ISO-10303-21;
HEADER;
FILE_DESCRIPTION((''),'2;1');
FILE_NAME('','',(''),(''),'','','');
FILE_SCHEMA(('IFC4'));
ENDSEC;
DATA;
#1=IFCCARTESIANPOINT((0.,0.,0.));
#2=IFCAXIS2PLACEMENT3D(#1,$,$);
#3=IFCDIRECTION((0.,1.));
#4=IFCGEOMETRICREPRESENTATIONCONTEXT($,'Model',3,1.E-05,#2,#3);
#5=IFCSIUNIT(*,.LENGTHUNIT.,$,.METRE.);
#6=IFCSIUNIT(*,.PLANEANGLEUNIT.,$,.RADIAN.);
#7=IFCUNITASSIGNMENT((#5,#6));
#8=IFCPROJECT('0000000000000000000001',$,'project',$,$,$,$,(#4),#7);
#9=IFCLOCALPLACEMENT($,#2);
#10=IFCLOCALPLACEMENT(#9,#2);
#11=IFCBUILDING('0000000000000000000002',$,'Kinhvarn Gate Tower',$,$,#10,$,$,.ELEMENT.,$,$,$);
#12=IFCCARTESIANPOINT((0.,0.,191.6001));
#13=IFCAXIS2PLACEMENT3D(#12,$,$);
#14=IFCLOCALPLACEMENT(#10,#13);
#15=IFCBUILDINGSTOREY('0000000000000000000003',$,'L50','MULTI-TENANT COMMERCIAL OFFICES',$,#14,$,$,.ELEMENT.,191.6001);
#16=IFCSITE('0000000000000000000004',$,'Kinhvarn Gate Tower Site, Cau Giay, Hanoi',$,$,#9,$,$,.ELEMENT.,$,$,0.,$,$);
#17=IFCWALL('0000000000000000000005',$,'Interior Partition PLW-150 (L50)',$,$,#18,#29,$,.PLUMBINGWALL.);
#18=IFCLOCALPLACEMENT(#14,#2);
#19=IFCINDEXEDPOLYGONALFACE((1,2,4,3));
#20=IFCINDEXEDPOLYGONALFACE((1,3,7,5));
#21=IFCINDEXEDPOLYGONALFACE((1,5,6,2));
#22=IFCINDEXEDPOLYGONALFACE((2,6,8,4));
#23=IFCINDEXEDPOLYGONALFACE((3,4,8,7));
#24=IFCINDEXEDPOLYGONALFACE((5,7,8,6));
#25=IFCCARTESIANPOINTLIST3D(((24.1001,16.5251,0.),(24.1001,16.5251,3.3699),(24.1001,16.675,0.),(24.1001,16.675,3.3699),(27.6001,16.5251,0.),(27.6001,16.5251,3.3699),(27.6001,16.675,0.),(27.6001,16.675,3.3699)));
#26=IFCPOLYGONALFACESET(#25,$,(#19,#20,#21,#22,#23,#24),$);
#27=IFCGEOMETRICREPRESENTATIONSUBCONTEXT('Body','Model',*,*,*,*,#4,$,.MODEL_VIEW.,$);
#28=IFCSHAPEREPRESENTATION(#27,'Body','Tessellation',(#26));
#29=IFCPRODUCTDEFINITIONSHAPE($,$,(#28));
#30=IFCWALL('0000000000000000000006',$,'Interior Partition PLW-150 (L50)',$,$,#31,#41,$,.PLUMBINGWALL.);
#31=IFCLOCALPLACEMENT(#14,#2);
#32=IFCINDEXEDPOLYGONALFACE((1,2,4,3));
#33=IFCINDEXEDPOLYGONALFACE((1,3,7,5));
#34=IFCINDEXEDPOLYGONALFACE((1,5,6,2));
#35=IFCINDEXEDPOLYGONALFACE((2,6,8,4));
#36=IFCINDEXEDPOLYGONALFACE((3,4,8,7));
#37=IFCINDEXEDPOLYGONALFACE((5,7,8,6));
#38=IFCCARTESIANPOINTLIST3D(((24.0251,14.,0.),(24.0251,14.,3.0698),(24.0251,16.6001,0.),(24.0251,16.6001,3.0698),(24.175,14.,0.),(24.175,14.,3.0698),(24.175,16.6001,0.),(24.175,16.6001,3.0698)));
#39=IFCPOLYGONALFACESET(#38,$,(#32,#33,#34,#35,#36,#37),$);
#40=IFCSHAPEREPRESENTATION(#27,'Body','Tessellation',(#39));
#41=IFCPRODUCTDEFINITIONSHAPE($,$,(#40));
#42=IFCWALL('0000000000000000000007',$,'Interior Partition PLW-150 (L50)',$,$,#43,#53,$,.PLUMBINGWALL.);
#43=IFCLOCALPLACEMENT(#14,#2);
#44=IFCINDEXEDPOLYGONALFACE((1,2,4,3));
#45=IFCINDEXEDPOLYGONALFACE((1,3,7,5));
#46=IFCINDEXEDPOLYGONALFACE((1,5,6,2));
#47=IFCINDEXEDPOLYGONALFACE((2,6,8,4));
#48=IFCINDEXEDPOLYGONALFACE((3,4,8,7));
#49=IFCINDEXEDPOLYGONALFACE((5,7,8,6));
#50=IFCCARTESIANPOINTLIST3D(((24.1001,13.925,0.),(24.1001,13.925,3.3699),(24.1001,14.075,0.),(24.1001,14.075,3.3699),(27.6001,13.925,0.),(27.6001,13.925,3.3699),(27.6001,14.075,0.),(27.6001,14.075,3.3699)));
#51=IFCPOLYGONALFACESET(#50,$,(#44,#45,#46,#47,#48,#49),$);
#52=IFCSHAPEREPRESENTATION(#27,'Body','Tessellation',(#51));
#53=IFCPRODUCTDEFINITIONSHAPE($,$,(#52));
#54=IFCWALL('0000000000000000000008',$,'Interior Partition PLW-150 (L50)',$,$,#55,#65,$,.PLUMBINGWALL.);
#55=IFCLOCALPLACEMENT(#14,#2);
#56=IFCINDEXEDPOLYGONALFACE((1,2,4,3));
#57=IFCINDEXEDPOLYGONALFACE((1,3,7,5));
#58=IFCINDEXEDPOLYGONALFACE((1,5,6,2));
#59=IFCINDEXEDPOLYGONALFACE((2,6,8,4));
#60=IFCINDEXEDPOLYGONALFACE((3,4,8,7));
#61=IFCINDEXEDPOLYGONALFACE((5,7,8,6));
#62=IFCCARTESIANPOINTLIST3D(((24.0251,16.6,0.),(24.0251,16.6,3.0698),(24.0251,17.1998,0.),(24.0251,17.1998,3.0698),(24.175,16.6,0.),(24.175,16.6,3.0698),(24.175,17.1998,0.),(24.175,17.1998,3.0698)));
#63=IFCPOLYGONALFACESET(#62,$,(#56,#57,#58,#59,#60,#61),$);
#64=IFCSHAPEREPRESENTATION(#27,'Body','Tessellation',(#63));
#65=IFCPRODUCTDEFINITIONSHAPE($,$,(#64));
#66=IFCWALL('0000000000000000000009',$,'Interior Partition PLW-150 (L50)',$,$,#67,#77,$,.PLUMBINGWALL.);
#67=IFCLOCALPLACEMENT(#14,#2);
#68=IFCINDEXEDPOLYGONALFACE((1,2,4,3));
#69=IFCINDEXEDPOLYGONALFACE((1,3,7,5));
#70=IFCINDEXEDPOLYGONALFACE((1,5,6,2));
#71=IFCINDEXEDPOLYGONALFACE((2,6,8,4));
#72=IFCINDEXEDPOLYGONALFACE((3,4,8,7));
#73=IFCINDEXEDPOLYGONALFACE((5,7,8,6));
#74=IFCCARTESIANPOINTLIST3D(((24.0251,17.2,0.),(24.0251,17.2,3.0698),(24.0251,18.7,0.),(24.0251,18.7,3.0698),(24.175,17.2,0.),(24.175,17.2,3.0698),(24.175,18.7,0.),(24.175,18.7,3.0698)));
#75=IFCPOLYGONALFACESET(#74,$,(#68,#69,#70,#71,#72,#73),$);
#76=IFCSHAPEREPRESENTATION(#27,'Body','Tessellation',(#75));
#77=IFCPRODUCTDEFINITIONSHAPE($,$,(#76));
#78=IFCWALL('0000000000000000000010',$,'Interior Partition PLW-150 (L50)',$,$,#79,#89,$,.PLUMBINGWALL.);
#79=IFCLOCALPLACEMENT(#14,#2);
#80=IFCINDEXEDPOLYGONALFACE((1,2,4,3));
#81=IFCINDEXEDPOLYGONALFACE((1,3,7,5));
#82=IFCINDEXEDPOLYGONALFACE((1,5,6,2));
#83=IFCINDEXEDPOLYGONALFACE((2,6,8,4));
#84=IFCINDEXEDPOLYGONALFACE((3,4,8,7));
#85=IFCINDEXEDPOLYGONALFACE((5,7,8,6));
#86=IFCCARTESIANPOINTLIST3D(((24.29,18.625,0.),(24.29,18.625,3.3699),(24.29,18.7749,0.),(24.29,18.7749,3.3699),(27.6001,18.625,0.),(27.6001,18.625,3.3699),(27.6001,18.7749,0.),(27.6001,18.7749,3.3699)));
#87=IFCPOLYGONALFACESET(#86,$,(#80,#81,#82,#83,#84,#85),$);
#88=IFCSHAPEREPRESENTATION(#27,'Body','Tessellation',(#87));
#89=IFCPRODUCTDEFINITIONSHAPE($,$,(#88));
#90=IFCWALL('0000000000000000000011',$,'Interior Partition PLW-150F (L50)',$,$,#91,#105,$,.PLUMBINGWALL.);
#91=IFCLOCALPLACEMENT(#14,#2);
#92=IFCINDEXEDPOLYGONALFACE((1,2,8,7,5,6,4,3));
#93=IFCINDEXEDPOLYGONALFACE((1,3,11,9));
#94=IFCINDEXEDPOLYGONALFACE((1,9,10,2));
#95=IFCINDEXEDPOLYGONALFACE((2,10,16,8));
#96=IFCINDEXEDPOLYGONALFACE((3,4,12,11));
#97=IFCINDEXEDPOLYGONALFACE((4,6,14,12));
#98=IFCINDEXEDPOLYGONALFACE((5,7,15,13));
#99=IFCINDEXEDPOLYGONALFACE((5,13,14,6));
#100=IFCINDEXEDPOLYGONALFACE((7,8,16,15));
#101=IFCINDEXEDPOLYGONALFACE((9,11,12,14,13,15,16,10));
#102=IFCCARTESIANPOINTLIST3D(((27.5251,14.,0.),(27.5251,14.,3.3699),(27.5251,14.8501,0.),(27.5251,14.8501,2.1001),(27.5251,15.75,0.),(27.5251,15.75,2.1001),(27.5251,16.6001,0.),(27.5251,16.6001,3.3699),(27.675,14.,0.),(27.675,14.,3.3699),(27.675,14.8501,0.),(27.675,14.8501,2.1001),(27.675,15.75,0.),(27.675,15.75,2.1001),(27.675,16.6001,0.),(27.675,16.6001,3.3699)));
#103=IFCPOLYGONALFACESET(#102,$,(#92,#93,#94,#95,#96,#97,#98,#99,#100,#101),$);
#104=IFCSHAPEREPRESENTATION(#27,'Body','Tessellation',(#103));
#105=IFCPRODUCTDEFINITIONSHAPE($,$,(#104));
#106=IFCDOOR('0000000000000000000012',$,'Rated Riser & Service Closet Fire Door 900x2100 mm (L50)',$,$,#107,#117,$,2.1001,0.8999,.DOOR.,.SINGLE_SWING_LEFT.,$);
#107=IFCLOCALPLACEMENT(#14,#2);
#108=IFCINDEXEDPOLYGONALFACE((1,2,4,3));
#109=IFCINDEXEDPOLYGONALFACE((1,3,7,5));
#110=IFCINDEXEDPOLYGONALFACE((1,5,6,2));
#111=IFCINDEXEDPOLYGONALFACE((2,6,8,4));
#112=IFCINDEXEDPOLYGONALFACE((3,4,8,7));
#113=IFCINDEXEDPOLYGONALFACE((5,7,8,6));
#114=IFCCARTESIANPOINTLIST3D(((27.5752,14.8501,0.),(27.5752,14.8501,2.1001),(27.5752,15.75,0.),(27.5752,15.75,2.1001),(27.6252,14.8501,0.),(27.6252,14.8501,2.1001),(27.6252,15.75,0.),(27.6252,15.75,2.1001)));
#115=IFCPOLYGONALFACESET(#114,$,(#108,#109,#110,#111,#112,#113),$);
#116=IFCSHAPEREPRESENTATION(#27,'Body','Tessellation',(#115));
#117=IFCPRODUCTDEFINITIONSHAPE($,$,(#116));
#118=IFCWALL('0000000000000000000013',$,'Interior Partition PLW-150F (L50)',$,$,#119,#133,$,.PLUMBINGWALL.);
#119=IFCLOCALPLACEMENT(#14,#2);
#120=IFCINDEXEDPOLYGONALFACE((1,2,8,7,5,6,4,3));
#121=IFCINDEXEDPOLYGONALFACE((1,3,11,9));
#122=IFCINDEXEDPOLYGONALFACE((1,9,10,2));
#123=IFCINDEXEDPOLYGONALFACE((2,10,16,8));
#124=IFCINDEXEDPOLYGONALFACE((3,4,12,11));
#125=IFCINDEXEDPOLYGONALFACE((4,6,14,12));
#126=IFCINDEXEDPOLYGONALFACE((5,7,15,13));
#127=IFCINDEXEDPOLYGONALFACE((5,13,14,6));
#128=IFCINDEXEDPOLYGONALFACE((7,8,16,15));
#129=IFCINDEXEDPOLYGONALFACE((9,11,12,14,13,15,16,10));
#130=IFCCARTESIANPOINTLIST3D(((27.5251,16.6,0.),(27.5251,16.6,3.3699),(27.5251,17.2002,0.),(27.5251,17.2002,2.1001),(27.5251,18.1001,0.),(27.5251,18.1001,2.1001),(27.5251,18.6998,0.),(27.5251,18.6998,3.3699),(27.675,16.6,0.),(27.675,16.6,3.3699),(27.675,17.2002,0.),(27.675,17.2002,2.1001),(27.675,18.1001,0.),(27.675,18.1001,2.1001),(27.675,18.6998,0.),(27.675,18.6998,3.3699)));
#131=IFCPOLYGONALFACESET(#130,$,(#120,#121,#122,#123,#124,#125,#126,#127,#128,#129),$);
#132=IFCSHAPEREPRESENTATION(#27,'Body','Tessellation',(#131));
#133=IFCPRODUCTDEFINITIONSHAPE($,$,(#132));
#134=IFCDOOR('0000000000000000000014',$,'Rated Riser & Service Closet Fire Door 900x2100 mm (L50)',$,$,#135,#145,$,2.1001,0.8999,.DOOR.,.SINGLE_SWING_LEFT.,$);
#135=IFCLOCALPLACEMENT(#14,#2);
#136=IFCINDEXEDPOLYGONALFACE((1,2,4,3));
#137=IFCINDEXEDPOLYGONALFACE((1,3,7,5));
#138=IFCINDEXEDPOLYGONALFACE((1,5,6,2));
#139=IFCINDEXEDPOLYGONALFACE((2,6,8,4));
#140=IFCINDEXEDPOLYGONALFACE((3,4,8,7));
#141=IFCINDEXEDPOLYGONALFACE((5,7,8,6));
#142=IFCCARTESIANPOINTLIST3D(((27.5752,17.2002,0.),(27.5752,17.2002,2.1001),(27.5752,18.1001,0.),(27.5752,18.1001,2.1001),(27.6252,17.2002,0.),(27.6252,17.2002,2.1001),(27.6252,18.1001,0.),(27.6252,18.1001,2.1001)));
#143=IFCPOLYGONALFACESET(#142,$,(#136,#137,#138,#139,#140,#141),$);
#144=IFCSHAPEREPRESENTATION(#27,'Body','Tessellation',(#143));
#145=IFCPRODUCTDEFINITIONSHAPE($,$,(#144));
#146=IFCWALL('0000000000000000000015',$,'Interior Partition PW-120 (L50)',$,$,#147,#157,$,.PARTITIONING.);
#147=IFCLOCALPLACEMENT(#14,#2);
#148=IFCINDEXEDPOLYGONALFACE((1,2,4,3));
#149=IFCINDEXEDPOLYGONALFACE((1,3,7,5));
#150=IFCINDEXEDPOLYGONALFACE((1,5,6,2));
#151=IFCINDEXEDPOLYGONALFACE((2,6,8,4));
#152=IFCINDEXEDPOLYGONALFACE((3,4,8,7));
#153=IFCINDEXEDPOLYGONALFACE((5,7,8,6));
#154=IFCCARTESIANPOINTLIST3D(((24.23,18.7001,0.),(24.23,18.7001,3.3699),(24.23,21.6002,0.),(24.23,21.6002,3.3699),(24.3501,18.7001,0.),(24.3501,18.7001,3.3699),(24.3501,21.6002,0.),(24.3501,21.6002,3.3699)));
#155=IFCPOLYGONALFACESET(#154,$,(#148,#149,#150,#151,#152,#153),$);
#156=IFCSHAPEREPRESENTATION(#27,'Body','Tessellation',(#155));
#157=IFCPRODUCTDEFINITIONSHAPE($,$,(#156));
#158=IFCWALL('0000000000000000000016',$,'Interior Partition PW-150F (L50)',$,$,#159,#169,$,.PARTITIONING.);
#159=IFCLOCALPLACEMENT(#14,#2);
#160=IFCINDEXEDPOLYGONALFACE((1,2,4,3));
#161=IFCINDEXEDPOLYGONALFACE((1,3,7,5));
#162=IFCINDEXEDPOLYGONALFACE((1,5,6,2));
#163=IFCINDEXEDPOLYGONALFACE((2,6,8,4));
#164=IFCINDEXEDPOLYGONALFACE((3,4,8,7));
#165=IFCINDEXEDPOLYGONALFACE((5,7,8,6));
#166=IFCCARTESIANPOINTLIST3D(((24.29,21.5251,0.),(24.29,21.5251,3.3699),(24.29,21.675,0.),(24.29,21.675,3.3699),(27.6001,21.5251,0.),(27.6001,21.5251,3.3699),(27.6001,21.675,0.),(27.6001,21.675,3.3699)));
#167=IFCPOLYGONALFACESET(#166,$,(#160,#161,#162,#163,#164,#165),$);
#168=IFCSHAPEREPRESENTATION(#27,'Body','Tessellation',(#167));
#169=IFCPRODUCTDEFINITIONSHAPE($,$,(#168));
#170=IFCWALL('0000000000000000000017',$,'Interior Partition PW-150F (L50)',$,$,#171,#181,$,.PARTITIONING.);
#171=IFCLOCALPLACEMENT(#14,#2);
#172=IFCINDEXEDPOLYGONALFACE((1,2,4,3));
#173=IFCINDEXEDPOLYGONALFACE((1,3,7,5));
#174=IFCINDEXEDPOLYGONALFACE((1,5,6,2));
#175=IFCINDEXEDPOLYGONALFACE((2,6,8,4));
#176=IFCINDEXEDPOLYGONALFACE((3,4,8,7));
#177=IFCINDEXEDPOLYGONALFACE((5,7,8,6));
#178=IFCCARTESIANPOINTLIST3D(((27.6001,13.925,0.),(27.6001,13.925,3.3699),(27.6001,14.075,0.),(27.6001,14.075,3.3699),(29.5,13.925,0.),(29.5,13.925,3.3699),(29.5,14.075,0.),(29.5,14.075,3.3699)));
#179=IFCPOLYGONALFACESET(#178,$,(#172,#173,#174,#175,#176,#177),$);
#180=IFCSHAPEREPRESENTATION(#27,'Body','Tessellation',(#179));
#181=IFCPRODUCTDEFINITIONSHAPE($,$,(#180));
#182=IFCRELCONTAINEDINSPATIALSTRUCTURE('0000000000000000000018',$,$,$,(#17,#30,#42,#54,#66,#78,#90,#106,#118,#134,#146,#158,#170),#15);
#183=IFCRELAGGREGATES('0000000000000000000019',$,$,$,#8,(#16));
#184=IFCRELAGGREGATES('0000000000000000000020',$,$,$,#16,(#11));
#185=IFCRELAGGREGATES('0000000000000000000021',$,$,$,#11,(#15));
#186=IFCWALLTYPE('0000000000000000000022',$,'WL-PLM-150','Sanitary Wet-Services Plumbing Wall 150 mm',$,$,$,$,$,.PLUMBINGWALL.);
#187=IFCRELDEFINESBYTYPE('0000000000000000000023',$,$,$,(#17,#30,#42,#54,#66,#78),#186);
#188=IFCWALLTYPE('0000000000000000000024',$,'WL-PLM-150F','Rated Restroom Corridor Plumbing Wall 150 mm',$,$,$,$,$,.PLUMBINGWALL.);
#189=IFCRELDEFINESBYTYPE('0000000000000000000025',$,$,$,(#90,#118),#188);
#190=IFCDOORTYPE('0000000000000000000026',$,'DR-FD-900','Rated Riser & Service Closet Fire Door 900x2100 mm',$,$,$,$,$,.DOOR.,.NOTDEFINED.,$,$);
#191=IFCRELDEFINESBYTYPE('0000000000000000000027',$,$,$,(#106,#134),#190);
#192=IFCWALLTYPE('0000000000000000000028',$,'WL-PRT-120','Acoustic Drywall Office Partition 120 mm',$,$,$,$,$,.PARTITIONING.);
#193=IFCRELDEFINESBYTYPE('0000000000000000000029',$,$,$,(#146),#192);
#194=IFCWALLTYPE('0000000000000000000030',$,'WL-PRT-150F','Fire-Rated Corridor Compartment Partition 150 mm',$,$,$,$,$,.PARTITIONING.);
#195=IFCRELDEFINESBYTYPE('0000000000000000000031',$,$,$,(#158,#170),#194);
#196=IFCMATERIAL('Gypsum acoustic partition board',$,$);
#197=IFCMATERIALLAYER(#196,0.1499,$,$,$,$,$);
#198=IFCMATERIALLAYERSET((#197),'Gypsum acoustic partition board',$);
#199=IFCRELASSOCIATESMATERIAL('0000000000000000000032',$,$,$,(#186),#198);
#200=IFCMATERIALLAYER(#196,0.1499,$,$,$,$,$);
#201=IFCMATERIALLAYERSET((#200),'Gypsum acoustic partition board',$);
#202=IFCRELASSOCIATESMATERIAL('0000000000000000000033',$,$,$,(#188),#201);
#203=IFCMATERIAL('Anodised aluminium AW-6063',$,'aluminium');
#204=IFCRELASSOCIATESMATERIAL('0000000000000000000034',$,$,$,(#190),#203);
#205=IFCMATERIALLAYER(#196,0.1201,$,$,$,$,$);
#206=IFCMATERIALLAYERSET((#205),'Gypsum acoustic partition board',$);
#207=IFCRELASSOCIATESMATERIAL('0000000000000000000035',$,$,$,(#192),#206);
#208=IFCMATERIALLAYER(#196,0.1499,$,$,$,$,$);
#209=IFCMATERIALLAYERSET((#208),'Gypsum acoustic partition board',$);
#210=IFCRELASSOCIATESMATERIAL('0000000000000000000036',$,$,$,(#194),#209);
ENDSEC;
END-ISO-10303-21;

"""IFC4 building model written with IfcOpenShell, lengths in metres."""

from ifc_helpers import new_model, si_unit, direction, frame, frame_2d, origin, place, context, subcontext, project, spatial, rectangle, extrude, material, layer, layer_set, type_object, element, fill, save


model = new_model("IFC4")

# Units and contexts
model_context = context("Model", 3, precision=1e-05, world=origin(), true_north=direction((0.0, 1.0)))
body_context = subcontext(model_context, "Body", "Model", "MODEL_VIEW")
ifc_project = project(units=[si_unit("LENGTHUNIT", "METRE"), si_unit("PLANEANGLEUNIT", "RADIAN")], contexts=[model_context])

# Site, building, storey
site_placement = place(None, origin())
site = spatial("IfcSite", under=ifc_project, at=site_placement, Name="Kinhvarn Gate Tower Site, Cau Giay, Hanoi", CompositionType="ELEMENT", RefElevation=0.0)
building_placement = place(site_placement, origin())
building = spatial("IfcBuilding", under=site, at=building_placement, Name="Kinhvarn Gate Tower", CompositionType="ELEMENT")
storey_placement = place(building_placement, frame((0.0, 0.0, 191.6001)))
storey = spatial("IfcBuildingStorey", under=building, at=storey_placement, Name="L50", Description="MULTI-TENANT COMMERCIAL OFFICES", CompositionType="ELEMENT", Elevation=191.6001)

# Walls
ifc_material_1 = material(Name="Gypsum acoustic partition board")
ifc_layer_1 = layer(ifc_material_1, 0.1499)
ifc_layer_set_1 = layer_set([ifc_layer_1], Name="Gypsum acoustic partition board")
wall_type_1 = type_object("IfcWallType", Name="WL-PLM-150", Description="Sanitary Wet-Services Plumbing Wall 150 mm", PredefinedType="PLUMBINGWALL", material=ifc_layer_set_1)
wall_1_placement = place(storey_placement, frame((24.1001, 16.6001, 0.0), z_axis=(0.0, 0.0, 1.0), x_axis=(1.0, 0.0, 0.0)))
element("IfcWall", 1, at=wall_1_placement, inside=storey, type_object=wall_type_1, Name="Interior Partition PLW-150 (L50)", PredefinedType="PLUMBINGWALL", context=body_context, shape_type="SweptSolid", body=[
    extrude(rectangle(XDim=3.5, YDim=0.1499, at=frame_2d((1.75, 0.0))), origin(), (0.0, 0.0, 1.0), 3.3699),
])
wall_2_placement = place(storey_placement, frame((24.1001, 14.0, 0.0), z_axis=(0.0, 0.0, 1.0), x_axis=(0.0, 1.0, 0.0)))
element("IfcWall", 2, at=wall_2_placement, inside=storey, type_object=wall_type_1, Name="Interior Partition PLW-150 (L50)", PredefinedType="PLUMBINGWALL", context=body_context, shape_type="SweptSolid", body=[
    extrude(rectangle(XDim=2.6001, YDim=0.1499, at=frame_2d((1.3, 0.0))), origin(), (0.0, 0.0, 1.0), 3.0698),
])
wall_3_placement = place(storey_placement, frame((24.1001, 14.0, 0.0), z_axis=(0.0, 0.0, 1.0), x_axis=(1.0, 0.0, 0.0)))
element("IfcWall", 3, at=wall_3_placement, inside=storey, type_object=wall_type_1, Name="Interior Partition PLW-150 (L50)", PredefinedType="PLUMBINGWALL", context=body_context, shape_type="SweptSolid", body=[
    extrude(rectangle(XDim=3.5, YDim=0.1499, at=frame_2d((1.75, 0.0))), origin(), (0.0, 0.0, 1.0), 3.3699),
])
wall_4_placement = place(storey_placement, frame((24.1001, 16.6001, 0.0), z_axis=(0.0, 0.0, 1.0), x_axis=(0.0, 1.0, 0.0)))
element("IfcWall", 4, at=wall_4_placement, inside=storey, type_object=wall_type_1, Name="Interior Partition PLW-150 (L50)", PredefinedType="PLUMBINGWALL", context=body_context, shape_type="SweptSolid", body=[
    extrude(rectangle(XDim=0.5999, YDim=0.1499, at=frame_2d((0.2998, 0.0))), origin(), (0.0, 0.0, 1.0), 3.0698),
])
wall_5_placement = place(storey_placement, frame((24.1001, 17.2, 0.0), z_axis=(0.0, 0.0, 1.0), x_axis=(0.0, 1.0, 0.0)))
element("IfcWall", 5, at=wall_5_placement, inside=storey, type_object=wall_type_1, Name="Interior Partition PLW-150 (L50)", PredefinedType="PLUMBINGWALL", context=body_context, shape_type="SweptSolid", body=[
    extrude(rectangle(XDim=1.5, YDim=0.1499, at=frame_2d((0.75, 0.0))), origin(), (0.0, 0.0, 1.0), 3.0698),
])
wall_6_placement = place(storey_placement, frame((24.29, 18.7, 0.0), z_axis=(0.0, 0.0, 1.0), x_axis=(1.0, 0.0, 0.0)))
element("IfcWall", 6, at=wall_6_placement, inside=storey, type_object=wall_type_1, Name="Interior Partition PLW-150 (L50)", PredefinedType="PLUMBINGWALL", context=body_context, shape_type="SweptSolid", body=[
    extrude(rectangle(XDim=3.3101, YDim=0.1499, at=frame_2d((1.655, 0.0))), origin(), (0.0, 0.0, 1.0), 3.3699),
])

# Walls, openings, doors
ifc_layer_2 = layer(ifc_material_1, 0.1499)
ifc_layer_set_2 = layer_set([ifc_layer_2], Name="Gypsum acoustic partition board")
wall_type_2 = type_object("IfcWallType", Name="WL-PLM-150F", Description="Rated Restroom Corridor Plumbing Wall 150 mm", PredefinedType="PLUMBINGWALL", material=ifc_layer_set_2)
wall_7_placement = place(storey_placement, frame((27.6001, 14.0, 0.0), z_axis=(0.0, 0.0, 1.0), x_axis=(0.0, 1.0, 0.0)))
wall_7 = element("IfcWall", 7, at=wall_7_placement, inside=storey, type_object=wall_type_2, Name="Interior Partition PLW-150F (L50)", PredefinedType="PLUMBINGWALL", context=body_context, shape_type="SweptSolid", body=[
    extrude(rectangle(XDim=2.6001, YDim=0.1499, at=frame_2d((1.3, 0.0))), origin(), (0.0, 0.0, 1.0), 3.3699),
])
opening_1_placement = place(wall_7_placement, frame((0.8501, 0.0, 0.0)))
opening_1 = element("IfcOpeningElement", 8, at=opening_1_placement, cuts=wall_7, PredefinedType="OPENING", context=body_context, shape_type="SweptSolid", body=[
    extrude(rectangle(XDim=0.8999, YDim=2.1001, at=frame_2d((0.45, 1.05))), frame((0.0, 0.085, 0.0), z_axis=(0.0, -1.0, 0.0), x_axis=(1.0, 0.0, 0.0)), (0.0, 0.0, 1.0), 0.1699),
])
ifc_material_2 = material(Name="Anodised aluminium AW-6063", Category="aluminium")
door_type_1 = type_object("IfcDoorType", Name="DR-FD-900", Description="Rated Riser & Service Closet Fire Door 900x2100 mm", OperationType="NOTDEFINED", PredefinedType="DOOR", material=ifc_material_2)
door_1_placement = place(opening_1_placement, origin())
door_1 = element("IfcDoor", 9, at=door_1_placement, inside=storey, type_object=door_type_1, Name="Rated Riser & Service Closet Fire Door 900x2100 mm (L50)", OperationType="SINGLE_SWING_LEFT", OverallHeight=2.1001, OverallWidth=0.8999, PredefinedType="DOOR", context=body_context, shape_type="SweptSolid", body=[
    extrude(rectangle(XDim=0.8999, YDim=2.1001, at=frame_2d((0.45, 1.05))), frame((0.0, 0.0249, 0.0), z_axis=(0.0, -1.0, 0.0), x_axis=(1.0, 0.0, 0.0)), (0.0, 0.0, 1.0), 0.05),
])
fill(opening_1, door_1)
wall_8_placement = place(storey_placement, frame((27.6001, 16.6001, 0.0), z_axis=(0.0, 0.0, 1.0), x_axis=(0.0, 1.0, 0.0)))
wall_8 = element("IfcWall", 10, at=wall_8_placement, inside=storey, type_object=wall_type_2, Name="Interior Partition PLW-150F (L50)", PredefinedType="PLUMBINGWALL", context=body_context, shape_type="SweptSolid", body=[
    extrude(rectangle(XDim=2.0999, YDim=0.1499, at=frame_2d((1.0498, 0.0))), origin(), (0.0, 0.0, 1.0), 3.3699),
])
opening_2_placement = place(wall_8_placement, frame((0.6001, 0.0, 0.0)))
opening_2 = element("IfcOpeningElement", 11, at=opening_2_placement, cuts=wall_8, PredefinedType="OPENING", context=body_context, shape_type="SweptSolid", body=[
    extrude(rectangle(XDim=0.8999, YDim=2.1001, at=frame_2d((0.45, 1.05))), frame((0.0, 0.085, 0.0), z_axis=(0.0, -1.0, 0.0), x_axis=(1.0, 0.0, 0.0)), (0.0, 0.0, 1.0), 0.1699),
])
door_2_placement = place(opening_2_placement, origin())
door_2 = element("IfcDoor", 12, at=door_2_placement, inside=storey, type_object=door_type_1, Name="Rated Riser & Service Closet Fire Door 900x2100 mm (L50)", OperationType="SINGLE_SWING_LEFT", OverallHeight=2.1001, OverallWidth=0.8999, PredefinedType="DOOR", context=body_context, shape_type="SweptSolid", body=[
    extrude(rectangle(XDim=0.8999, YDim=2.1001, at=frame_2d((0.45, 1.05))), frame((0.0, 0.0249, 0.0), z_axis=(0.0, -1.0, 0.0), x_axis=(1.0, 0.0, 0.0)), (0.0, 0.0, 1.0), 0.05),
])
fill(opening_2, door_2)

# Walls
ifc_layer_3 = layer(ifc_material_1, 0.1201)
ifc_layer_set_3 = layer_set([ifc_layer_3], Name="Gypsum acoustic partition board")
wall_type_3 = type_object("IfcWallType", Name="WL-PRT-120", Description="Acoustic Drywall Office Partition 120 mm", PredefinedType="PARTITIONING", material=ifc_layer_set_3)
wall_9_placement = place(storey_placement, frame((24.29, 18.7, 0.0), z_axis=(0.0, 0.0, 1.0), x_axis=(0.0, 1.0, 0.0)))
element("IfcWall", 13, at=wall_9_placement, inside=storey, type_object=wall_type_3, Name="Interior Partition PW-120 (L50)", PredefinedType="PARTITIONING", context=body_context, shape_type="SweptSolid", body=[
    extrude(rectangle(XDim=2.9001, YDim=0.1201, at=frame_2d((1.4502, 0.0))), origin(), (0.0, 0.0, 1.0), 3.3699),
])
ifc_layer_4 = layer(ifc_material_1, 0.1499)
ifc_layer_set_4 = layer_set([ifc_layer_4], Name="Gypsum acoustic partition board")
wall_type_4 = type_object("IfcWallType", Name="WL-PRT-150F", Description="Fire-Rated Corridor Compartment Partition 150 mm", PredefinedType="PARTITIONING", material=ifc_layer_set_4)
wall_10_placement = place(storey_placement, frame((24.29, 21.6001, 0.0), z_axis=(0.0, 0.0, 1.0), x_axis=(1.0, 0.0, 0.0)))
element("IfcWall", 14, at=wall_10_placement, inside=storey, type_object=wall_type_4, Name="Interior Partition PW-150F (L50)", PredefinedType="PARTITIONING", context=body_context, shape_type="SweptSolid", body=[
    extrude(rectangle(XDim=3.3101, YDim=0.1499, at=frame_2d((1.655, 0.0))), origin(), (0.0, 0.0, 1.0), 3.3699),
])

# Wall
wall_11_placement = place(storey_placement, frame((27.6001, 14.0, 0.0), z_axis=(0.0, 0.0, 1.0), x_axis=(1.0, 0.0, 0.0)))
element("IfcWall", 15, at=wall_11_placement, inside=storey, type_object=wall_type_4, Name="Interior Partition PW-150F (L50)", PredefinedType="PARTITIONING", context=body_context, shape_type="SweptSolid", body=[
    extrude(rectangle(XDim=1.8999, YDim=0.1499, at=frame_2d((0.95, 0.0))), origin(), (0.0, 0.0, 1.0), 3.3699),
])

save(model, "model.ifc")
